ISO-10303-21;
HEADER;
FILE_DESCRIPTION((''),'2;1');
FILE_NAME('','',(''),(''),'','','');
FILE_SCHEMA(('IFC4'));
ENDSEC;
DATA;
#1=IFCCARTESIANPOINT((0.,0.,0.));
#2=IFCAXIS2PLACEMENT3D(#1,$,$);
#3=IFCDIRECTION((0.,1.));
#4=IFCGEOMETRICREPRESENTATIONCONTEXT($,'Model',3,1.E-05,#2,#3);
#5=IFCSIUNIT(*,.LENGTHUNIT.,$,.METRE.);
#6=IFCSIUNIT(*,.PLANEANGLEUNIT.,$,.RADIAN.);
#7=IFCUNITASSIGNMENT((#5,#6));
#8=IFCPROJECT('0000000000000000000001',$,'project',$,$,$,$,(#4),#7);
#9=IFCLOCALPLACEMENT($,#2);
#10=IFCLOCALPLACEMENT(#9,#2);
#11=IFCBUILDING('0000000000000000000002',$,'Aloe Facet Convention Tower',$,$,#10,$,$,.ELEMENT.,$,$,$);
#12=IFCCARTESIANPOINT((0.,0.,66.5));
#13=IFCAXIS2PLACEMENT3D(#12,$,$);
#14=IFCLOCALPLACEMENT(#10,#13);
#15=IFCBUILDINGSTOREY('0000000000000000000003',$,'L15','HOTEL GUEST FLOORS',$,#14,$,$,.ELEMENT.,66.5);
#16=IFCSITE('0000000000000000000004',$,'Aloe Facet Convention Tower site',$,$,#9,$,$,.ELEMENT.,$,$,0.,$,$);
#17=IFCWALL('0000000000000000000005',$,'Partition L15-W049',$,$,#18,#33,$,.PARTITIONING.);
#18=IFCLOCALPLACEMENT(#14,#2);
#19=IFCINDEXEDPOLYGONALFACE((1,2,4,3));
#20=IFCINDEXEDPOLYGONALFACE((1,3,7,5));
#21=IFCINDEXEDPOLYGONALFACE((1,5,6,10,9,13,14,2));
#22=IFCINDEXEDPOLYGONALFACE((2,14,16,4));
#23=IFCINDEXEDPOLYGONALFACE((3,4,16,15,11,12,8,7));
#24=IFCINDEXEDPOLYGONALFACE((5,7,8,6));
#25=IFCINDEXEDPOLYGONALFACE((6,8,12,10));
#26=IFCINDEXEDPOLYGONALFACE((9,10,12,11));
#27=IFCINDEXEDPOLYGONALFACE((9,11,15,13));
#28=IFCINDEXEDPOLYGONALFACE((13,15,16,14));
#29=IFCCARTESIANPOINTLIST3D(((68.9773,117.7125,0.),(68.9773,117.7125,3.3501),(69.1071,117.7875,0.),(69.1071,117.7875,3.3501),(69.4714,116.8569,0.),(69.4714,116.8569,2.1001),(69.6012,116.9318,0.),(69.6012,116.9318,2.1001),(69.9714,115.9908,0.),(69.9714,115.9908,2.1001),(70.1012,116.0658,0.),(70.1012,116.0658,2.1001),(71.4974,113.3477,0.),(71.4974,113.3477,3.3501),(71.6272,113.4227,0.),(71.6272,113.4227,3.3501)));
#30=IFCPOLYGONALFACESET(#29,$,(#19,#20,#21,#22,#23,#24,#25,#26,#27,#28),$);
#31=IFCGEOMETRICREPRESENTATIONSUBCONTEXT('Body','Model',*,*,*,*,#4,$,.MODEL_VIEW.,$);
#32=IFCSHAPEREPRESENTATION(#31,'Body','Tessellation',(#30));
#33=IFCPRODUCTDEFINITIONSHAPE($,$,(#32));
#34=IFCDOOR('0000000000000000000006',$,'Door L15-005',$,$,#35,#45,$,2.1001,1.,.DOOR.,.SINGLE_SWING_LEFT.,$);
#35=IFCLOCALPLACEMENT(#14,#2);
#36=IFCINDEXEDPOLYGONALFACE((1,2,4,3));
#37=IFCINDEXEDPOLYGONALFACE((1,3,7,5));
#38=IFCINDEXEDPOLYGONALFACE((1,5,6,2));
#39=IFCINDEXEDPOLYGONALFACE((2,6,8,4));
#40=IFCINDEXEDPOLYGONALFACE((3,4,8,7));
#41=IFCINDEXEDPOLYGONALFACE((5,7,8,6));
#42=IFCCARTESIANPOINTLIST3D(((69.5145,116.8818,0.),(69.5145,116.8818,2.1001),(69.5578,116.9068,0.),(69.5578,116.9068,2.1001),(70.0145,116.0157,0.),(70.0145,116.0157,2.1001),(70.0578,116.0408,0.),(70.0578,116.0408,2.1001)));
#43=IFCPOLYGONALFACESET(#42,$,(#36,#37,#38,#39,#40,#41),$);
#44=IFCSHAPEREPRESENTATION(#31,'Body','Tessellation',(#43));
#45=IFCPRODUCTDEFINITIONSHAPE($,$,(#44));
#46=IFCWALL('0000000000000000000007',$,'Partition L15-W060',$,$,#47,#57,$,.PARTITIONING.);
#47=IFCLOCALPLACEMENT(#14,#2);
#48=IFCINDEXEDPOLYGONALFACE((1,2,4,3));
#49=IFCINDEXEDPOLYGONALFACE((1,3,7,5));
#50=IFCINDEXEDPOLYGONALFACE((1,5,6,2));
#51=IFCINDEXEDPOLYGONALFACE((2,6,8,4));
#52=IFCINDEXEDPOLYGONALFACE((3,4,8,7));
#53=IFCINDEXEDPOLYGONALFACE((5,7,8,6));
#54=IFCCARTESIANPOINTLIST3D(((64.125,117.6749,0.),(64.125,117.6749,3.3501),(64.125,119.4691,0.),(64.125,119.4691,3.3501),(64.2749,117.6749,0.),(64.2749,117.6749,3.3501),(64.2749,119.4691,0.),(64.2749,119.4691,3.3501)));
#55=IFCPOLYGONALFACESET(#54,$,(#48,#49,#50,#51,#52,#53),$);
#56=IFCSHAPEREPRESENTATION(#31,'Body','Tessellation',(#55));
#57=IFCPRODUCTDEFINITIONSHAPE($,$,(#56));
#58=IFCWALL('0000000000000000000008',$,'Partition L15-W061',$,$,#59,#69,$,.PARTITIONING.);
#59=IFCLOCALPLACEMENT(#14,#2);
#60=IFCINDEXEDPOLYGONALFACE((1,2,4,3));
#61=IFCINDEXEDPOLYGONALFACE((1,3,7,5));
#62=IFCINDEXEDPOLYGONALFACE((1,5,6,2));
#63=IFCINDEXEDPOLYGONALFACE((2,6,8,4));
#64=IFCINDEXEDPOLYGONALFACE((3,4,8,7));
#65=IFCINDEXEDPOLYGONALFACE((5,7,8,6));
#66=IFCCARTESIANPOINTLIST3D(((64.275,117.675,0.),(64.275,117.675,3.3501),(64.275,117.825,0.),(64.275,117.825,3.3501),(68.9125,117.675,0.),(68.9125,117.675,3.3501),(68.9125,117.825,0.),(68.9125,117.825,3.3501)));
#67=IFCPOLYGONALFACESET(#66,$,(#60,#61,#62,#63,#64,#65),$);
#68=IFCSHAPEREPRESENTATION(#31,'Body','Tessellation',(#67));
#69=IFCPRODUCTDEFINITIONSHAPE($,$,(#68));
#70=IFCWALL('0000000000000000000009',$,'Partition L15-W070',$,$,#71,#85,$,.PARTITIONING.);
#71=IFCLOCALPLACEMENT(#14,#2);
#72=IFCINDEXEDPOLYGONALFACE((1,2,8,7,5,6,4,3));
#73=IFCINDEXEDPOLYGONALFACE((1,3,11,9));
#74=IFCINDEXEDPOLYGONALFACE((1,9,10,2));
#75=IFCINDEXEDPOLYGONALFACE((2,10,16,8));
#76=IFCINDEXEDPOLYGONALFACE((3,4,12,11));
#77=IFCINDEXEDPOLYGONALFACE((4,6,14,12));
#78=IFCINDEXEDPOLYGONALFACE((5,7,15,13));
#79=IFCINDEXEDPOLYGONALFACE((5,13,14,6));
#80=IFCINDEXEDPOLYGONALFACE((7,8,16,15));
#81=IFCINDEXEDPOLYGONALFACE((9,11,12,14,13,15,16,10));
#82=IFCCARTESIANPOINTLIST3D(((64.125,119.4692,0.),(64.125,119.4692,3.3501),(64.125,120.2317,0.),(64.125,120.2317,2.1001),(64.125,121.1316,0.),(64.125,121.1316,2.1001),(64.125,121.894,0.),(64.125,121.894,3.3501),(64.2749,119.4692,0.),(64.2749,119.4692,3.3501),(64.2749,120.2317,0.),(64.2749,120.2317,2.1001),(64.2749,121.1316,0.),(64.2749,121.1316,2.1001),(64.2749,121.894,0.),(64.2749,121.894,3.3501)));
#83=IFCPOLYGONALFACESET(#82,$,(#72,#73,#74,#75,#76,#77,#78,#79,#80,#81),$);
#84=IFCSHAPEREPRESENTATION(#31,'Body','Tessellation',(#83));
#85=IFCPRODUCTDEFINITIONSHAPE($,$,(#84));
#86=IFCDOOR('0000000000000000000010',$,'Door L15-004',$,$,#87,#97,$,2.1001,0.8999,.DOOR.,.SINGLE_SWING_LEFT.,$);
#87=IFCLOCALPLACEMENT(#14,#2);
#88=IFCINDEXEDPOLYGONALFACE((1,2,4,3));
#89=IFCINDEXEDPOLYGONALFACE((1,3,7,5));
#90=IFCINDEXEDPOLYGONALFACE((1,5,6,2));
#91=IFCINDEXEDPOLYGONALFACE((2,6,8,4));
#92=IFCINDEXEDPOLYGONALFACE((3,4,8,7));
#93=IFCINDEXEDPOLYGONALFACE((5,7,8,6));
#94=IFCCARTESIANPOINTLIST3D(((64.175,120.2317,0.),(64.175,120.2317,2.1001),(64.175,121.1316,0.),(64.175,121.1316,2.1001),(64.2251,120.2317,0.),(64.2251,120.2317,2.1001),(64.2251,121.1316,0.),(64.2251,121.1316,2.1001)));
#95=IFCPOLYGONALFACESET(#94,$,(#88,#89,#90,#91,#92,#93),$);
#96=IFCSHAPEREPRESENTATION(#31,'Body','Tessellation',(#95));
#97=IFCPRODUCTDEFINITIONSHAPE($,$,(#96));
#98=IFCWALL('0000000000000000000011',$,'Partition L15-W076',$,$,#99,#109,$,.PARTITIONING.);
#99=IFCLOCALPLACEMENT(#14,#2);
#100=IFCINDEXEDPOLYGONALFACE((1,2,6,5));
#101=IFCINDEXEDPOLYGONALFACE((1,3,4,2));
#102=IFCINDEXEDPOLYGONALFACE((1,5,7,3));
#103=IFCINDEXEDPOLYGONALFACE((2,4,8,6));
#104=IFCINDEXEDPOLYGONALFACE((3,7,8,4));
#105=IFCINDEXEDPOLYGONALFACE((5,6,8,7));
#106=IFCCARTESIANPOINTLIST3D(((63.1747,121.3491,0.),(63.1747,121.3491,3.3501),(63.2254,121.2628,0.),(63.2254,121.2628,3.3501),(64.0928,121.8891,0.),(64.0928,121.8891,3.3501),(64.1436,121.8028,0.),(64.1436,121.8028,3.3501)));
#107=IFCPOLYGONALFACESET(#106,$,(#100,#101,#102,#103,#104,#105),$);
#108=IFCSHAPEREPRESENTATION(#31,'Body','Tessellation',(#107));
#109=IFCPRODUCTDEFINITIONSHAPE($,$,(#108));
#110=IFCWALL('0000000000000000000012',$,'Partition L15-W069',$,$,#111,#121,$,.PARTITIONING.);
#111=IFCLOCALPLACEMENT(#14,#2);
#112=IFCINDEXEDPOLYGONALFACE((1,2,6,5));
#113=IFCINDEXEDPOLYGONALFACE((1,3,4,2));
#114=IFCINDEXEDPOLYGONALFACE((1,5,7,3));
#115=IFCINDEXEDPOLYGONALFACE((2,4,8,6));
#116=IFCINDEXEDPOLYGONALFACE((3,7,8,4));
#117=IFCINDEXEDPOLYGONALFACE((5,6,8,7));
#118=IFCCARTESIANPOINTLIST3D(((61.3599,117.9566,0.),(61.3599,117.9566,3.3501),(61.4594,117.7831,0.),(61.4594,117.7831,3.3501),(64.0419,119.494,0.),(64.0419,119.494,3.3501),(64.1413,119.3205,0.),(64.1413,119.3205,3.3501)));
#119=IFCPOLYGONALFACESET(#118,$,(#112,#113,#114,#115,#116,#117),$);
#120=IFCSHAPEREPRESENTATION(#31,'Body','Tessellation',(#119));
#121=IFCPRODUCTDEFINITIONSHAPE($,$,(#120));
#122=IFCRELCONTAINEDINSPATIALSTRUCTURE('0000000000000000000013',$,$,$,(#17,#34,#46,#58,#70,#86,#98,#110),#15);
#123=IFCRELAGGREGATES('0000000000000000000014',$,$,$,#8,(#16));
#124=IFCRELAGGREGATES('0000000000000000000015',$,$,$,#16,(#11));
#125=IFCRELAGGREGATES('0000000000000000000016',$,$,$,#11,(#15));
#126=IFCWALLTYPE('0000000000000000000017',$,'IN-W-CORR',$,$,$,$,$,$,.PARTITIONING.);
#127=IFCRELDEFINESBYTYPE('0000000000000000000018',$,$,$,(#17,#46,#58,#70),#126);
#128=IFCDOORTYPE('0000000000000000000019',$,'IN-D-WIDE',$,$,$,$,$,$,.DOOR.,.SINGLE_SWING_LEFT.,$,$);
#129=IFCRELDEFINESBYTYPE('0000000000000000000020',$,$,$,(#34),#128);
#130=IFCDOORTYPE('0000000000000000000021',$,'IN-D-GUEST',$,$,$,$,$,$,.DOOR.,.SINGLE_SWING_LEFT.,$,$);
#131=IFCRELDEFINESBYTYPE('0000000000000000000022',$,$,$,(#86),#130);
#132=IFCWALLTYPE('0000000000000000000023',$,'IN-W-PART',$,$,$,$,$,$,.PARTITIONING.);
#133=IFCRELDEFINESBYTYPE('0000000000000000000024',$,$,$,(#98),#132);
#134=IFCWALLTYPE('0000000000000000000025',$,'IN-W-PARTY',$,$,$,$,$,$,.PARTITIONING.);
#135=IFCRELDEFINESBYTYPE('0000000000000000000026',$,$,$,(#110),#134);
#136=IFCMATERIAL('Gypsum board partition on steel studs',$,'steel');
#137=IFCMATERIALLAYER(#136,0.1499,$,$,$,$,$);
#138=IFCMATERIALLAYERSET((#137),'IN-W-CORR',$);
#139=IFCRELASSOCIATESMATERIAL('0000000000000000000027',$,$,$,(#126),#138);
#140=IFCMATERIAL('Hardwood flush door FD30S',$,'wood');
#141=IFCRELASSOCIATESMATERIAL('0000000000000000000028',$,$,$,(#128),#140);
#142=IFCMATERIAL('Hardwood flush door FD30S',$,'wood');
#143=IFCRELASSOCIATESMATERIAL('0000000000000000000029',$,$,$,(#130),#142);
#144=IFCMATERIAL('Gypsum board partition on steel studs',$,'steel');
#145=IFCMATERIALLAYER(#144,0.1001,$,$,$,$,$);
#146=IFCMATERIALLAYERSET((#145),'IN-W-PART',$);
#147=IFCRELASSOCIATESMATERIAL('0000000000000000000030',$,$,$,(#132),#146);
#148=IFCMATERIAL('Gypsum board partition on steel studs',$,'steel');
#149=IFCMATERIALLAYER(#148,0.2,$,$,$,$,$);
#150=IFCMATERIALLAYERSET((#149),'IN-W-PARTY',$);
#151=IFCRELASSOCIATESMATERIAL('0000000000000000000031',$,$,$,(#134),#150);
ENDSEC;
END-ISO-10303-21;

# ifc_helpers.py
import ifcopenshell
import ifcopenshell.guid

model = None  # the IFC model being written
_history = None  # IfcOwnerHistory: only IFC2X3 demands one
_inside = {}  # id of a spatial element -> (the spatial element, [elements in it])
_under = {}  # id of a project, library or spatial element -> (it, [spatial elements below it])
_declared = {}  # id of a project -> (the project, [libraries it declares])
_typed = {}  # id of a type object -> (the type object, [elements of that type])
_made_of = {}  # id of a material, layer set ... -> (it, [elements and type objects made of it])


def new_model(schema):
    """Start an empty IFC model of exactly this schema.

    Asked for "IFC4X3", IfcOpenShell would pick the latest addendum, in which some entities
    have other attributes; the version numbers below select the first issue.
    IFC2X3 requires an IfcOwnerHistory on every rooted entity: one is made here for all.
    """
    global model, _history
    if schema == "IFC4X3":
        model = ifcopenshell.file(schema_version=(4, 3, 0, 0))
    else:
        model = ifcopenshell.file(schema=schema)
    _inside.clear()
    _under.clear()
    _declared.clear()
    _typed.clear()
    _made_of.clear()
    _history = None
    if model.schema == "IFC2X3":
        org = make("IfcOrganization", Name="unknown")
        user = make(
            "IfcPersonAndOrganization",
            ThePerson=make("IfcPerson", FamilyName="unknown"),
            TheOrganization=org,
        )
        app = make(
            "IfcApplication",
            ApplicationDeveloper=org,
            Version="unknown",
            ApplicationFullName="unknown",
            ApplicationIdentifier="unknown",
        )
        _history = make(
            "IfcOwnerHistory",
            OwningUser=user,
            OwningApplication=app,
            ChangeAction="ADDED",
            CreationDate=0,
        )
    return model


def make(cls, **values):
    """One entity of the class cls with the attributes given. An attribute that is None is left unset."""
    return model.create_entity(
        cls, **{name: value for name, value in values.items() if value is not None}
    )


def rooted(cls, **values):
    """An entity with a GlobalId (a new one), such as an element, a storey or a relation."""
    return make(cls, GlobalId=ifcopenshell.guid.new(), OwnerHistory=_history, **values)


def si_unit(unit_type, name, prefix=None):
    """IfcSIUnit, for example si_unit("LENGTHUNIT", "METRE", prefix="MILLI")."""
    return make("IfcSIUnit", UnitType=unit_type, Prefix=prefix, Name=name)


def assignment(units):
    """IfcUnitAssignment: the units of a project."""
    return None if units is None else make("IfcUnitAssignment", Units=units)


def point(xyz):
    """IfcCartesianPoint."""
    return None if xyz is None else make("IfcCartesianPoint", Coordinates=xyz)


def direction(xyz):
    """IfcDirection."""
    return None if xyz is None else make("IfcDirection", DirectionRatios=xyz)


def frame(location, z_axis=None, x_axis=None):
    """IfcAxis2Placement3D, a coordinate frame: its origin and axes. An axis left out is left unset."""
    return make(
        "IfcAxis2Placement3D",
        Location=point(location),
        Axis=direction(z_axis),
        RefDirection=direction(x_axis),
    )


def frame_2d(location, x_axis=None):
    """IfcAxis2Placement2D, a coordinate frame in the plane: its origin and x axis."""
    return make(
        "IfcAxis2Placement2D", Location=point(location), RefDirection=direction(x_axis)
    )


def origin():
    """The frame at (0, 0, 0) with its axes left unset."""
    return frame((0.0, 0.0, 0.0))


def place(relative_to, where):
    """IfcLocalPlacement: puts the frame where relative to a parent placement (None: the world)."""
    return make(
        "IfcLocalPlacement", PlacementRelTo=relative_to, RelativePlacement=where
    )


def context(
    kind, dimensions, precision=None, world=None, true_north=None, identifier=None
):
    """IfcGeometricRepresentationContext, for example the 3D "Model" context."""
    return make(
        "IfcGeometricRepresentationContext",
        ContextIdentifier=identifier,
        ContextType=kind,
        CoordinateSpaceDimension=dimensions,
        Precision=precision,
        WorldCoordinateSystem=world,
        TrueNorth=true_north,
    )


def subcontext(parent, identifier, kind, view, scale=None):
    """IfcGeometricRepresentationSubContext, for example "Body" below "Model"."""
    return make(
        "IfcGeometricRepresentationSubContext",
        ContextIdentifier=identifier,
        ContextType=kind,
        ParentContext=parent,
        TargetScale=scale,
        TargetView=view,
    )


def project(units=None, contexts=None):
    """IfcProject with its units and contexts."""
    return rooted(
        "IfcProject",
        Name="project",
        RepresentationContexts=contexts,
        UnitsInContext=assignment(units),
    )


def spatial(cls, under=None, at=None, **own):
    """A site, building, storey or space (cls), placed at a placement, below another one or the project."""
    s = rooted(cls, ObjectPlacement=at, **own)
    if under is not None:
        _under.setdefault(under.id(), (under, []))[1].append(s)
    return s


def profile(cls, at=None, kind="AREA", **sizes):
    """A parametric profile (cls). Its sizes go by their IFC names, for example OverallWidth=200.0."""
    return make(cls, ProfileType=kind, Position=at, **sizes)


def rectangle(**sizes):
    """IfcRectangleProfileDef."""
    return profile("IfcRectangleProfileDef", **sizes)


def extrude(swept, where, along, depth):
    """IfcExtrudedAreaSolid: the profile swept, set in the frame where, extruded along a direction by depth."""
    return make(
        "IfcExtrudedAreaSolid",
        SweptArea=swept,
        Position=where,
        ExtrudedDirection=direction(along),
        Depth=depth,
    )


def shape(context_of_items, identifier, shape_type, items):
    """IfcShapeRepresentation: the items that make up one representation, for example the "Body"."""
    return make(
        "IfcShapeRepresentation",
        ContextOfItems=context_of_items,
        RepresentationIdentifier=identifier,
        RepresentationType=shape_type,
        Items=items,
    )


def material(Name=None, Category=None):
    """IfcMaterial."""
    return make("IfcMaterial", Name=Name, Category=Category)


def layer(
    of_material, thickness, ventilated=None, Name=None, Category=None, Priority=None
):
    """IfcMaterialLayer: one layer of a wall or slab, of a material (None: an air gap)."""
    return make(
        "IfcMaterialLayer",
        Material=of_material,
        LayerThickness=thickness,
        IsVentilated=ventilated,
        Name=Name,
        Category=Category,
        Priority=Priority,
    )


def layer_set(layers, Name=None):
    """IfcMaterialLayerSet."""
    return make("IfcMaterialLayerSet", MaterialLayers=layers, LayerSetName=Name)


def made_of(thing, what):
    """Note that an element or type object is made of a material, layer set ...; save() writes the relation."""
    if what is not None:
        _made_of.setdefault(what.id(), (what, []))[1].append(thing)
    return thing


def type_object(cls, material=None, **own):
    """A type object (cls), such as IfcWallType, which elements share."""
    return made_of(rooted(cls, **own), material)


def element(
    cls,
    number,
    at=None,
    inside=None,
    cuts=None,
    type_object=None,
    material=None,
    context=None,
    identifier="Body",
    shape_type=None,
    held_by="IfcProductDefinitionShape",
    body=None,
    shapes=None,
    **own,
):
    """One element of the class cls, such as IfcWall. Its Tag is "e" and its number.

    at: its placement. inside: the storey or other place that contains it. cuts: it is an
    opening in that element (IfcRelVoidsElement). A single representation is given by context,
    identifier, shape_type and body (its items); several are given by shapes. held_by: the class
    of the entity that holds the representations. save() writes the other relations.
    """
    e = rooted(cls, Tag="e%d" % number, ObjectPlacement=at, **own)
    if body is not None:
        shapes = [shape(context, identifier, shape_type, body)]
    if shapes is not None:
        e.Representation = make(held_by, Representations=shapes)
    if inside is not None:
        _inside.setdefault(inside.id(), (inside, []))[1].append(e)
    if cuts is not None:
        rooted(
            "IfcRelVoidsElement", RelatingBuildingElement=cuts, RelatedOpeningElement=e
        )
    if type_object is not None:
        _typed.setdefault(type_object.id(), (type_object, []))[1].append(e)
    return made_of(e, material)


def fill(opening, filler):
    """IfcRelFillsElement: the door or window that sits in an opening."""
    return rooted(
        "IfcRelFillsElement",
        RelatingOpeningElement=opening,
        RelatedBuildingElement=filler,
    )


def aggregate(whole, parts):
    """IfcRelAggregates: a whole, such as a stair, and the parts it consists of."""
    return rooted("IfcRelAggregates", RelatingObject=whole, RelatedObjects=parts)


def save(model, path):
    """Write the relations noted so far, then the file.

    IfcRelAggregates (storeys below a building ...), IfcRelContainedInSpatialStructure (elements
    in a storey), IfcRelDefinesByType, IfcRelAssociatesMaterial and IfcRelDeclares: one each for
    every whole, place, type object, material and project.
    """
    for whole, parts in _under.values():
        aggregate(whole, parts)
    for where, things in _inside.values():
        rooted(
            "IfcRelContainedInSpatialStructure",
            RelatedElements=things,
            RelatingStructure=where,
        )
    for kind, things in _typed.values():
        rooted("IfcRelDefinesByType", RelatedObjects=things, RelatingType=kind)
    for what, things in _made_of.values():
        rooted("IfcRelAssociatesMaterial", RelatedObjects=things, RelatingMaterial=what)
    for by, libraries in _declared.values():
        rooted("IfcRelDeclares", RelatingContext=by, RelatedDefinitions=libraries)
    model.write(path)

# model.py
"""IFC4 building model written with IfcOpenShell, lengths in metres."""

from ifc_helpers import new_model, si_unit, direction, frame, frame_2d, origin, place, context, subcontext, project, spatial, rectangle, extrude, material, layer, layer_set, type_object, element, fill, save


model = new_model("IFC4")

# Units and contexts
model_context = context("Model", 3, precision=1e-05, world=origin(), true_north=direction((0.0, 1.0)))
body_context = subcontext(model_context, "Body", "Model", "MODEL_VIEW")
ifc_project = project(units=[si_unit("LENGTHUNIT", "METRE"), si_unit("PLANEANGLEUNIT", "RADIAN")], contexts=[model_context])

# Site, building, storey
site_placement = place(None, origin())
site = spatial("IfcSite", under=ifc_project, at=site_placement, Name="Aloe Facet Convention Tower site", CompositionType="ELEMENT", RefElevation=0.0)
building_placement = place(site_placement, origin())
building = spatial("IfcBuilding", under=site, at=building_placement, Name="Aloe Facet Convention Tower", CompositionType="ELEMENT")
storey_placement = place(building_placement, frame((0.0, 0.0, 66.5)))
storey = spatial("IfcBuildingStorey", under=building, at=storey_placement, Name="L15", Description="HOTEL GUEST FLOORS", CompositionType="ELEMENT", Elevation=66.5)

# Wall, opening, door
ifc_material_1 = material(Name="Gypsum board partition on steel studs", Category="steel")
ifc_layer_1 = layer(ifc_material_1, 0.1499)
ifc_layer_set_1 = layer_set([ifc_layer_1], Name="IN-W-CORR")
wall_type_1 = type_object("IfcWallType", Name="IN-W-CORR", PredefinedType="PARTITIONING", material=ifc_layer_set_1)
wall_1_placement = place(storey_placement, frame((69.0422, 117.75, 0.0), z_axis=(0.0, 0.0, 1.0), x_axis=(0.500005, -0.866023, 0.0)))
wall_1 = element("IfcWall", 1, at=wall_1_placement, inside=storey, type_object=wall_type_1, Name="Partition L15-W049", PredefinedType="PARTITIONING", context=body_context, shape_type="SweptSolid", body=[
    extrude(rectangle(XDim=5.04, YDim=0.1499, at=frame_2d((2.52, 0.0))), origin(), (0.0, 0.0, 1.0), 3.3501),
])
opening_1_placement = place(wall_1_placement, frame((0.988, 0.0, 0.0)))
opening_1 = element("IfcOpeningElement", 2, at=opening_1_placement, cuts=wall_1, PredefinedType="OPENING", context=body_context, shape_type="SweptSolid", body=[
    extrude(rectangle(XDim=1.0, YDim=2.1001, at=frame_2d((0.5, 1.05))), frame((0.0, 0.085, 0.0), z_axis=(0.0, -1.0, 0.0), x_axis=(1.0, 0.0, 0.0)), (0.0, 0.0, 1.0), 0.1699),
])
ifc_material_2 = material(Name="Hardwood flush door FD30S", Category="wood")
door_type_1 = type_object("IfcDoorType", Name="IN-D-WIDE", OperationType="SINGLE_SWING_LEFT", PredefinedType="DOOR", material=ifc_material_2)
door_1_placement = place(opening_1_placement, origin())
door_1 = element("IfcDoor", 3, at=door_1_placement, inside=storey, type_object=door_type_1, Name="Door L15-005", OperationType="SINGLE_SWING_LEFT", OverallHeight=2.1001, OverallWidth=1.0, PredefinedType="DOOR", context=body_context, shape_type="SweptSolid", body=[
    extrude(rectangle(XDim=1.0, YDim=2.1001, at=frame_2d((0.5, 1.05))), frame((0.0, 0.0249, 0.0), z_axis=(0.0, -1.0, 0.0), x_axis=(1.0, 0.0, 0.0)), (0.0, 0.0, 1.0), 0.05),
])
fill(opening_1, door_1)

# Walls
wall_2_placement = place(storey_placement, frame((64.2, 117.675, 0.0), z_axis=(0.0, 0.0, 1.0), x_axis=(0.0, 1.0, 0.0)))
element("IfcWall", 4, at=wall_2_placement, inside=storey, type_object=wall_type_1, Name="Partition L15-W060", PredefinedType="PARTITIONING", context=body_context, shape_type="SweptSolid", body=[
    extrude(rectangle(XDim=1.7942, YDim=0.1499, at=frame_2d((0.897, 0.0))), origin(), (0.0, 0.0, 1.0), 3.3501),
])
wall_3_placement = place(storey_placement, frame((64.2749, 117.75, 0.0), z_axis=(0.0, 0.0, 1.0), x_axis=(1.0, 0.0, 0.0)))
element("IfcWall", 5, at=wall_3_placement, inside=storey, type_object=wall_type_1, Name="Partition L15-W061", PredefinedType="PARTITIONING", context=body_context, shape_type="SweptSolid", body=[
    extrude(rectangle(XDim=4.6375, YDim=0.1499, at=frame_2d((2.3188, 0.0))), origin(), (0.0, 0.0, 1.0), 3.3501),
])

# Wall, opening, door
wall_4_placement = place(storey_placement, frame((64.2, 119.4692, 0.0), z_axis=(0.0, 0.0, 1.0), x_axis=(0.0, 1.0, 0.0)))
wall_4 = element("IfcWall", 6, at=wall_4_placement, inside=storey, type_object=wall_type_1, Name="Partition L15-W070", PredefinedType="PARTITIONING", context=body_context, shape_type="SweptSolid", body=[
    extrude(rectangle(XDim=2.4248, YDim=0.1499, at=frame_2d((1.2124, 0.0))), origin(), (0.0, 0.0, 1.0), 3.3501),
])
opening_2_placement = place(wall_4_placement, frame((0.7625, 0.0, 0.0)))
opening_2 = element("IfcOpeningElement", 7, at=opening_2_placement, cuts=wall_4, PredefinedType="OPENING", context=body_context, shape_type="SweptSolid", body=[
    extrude(rectangle(XDim=0.8999, YDim=2.1001, at=frame_2d((0.45, 1.05))), frame((0.0, 0.085, 0.0), z_axis=(0.0, -1.0, 0.0), x_axis=(1.0, 0.0, 0.0)), (0.0, 0.0, 1.0), 0.1699),
])
ifc_material_3 = material(Name="Hardwood flush door FD30S", Category="wood")
door_type_2 = type_object("IfcDoorType", Name="IN-D-GUEST", OperationType="SINGLE_SWING_LEFT", PredefinedType="DOOR", material=ifc_material_3)
door_2_placement = place(opening_2_placement, origin())
door_2 = element("IfcDoor", 8, at=door_2_placement, inside=storey, type_object=door_type_2, Name="Door L15-004", OperationType="SINGLE_SWING_LEFT", OverallHeight=2.1001, OverallWidth=0.8999, PredefinedType="DOOR", context=body_context, shape_type="SweptSolid", body=[
    extrude(rectangle(XDim=0.8999, YDim=2.1001, at=frame_2d((0.45, 1.05))), frame((0.0, 0.0249, 0.0), z_axis=(0.0, -1.0, 0.0), x_axis=(1.0, 0.0, 0.0)), (0.0, 0.0, 1.0), 0.05),
])
fill(opening_2, door_2)

# Walls
ifc_material_4 = material(Name="Gypsum board partition on steel studs", Category="steel")
ifc_layer_2 = layer(ifc_material_4, 0.1001)
ifc_layer_set_2 = layer_set([ifc_layer_2], Name="IN-W-PART")
wall_type_2 = type_object("IfcWallType", Name="IN-W-PART", PredefinedType="PARTITIONING", material=ifc_layer_set_2)
wall_5_placement = place(storey_placement, frame((63.2, 121.3059, 0.0), z_axis=(0.0, 0.0, 1.0), x_axis=(0.86197, 0.50696, 0.0)))
element("IfcWall", 9, at=wall_5_placement, inside=storey, type_object=wall_type_2, Name="Partition L15-W076", PredefinedType="PARTITIONING", context=body_context, shape_type="SweptSolid", body=[
    extrude(rectangle(XDim=1.0652, YDim=0.1001, at=frame_2d((0.5327, 0.0))), origin(), (0.0, 0.0, 1.0), 3.3501),
])
ifc_material_5 = material(Name="Gypsum board partition on steel studs", Category="steel")
ifc_layer_3 = layer(ifc_material_5, 0.2)
ifc_layer_set_3 = layer_set([ifc_layer_3], Name="IN-W-PARTY")
wall_type_3 = type_object("IfcWallType", Name="IN-W-PARTY", PredefinedType="PARTITIONING", material=ifc_layer_set_3)
wall_6_placement = place(storey_placement, frame((61.4097, 117.8699, 0.0), z_axis=(0.0, 0.0, 1.0), x_axis=(0.867567, 0.497321, 0.0)))
element("IfcWall", 10, at=wall_6_placement, inside=storey, type_object=wall_type_3, Name="Partition L15-W069", PredefinedType="PARTITIONING", context=body_context, shape_type="SweptSolid", body=[
    extrude(rectangle(XDim=3.0913, YDim=0.2, at=frame_2d((1.5457, 0.0))), origin(), (0.0, 0.0, 1.0), 3.3501),
])

save(model, "model.ifc")
